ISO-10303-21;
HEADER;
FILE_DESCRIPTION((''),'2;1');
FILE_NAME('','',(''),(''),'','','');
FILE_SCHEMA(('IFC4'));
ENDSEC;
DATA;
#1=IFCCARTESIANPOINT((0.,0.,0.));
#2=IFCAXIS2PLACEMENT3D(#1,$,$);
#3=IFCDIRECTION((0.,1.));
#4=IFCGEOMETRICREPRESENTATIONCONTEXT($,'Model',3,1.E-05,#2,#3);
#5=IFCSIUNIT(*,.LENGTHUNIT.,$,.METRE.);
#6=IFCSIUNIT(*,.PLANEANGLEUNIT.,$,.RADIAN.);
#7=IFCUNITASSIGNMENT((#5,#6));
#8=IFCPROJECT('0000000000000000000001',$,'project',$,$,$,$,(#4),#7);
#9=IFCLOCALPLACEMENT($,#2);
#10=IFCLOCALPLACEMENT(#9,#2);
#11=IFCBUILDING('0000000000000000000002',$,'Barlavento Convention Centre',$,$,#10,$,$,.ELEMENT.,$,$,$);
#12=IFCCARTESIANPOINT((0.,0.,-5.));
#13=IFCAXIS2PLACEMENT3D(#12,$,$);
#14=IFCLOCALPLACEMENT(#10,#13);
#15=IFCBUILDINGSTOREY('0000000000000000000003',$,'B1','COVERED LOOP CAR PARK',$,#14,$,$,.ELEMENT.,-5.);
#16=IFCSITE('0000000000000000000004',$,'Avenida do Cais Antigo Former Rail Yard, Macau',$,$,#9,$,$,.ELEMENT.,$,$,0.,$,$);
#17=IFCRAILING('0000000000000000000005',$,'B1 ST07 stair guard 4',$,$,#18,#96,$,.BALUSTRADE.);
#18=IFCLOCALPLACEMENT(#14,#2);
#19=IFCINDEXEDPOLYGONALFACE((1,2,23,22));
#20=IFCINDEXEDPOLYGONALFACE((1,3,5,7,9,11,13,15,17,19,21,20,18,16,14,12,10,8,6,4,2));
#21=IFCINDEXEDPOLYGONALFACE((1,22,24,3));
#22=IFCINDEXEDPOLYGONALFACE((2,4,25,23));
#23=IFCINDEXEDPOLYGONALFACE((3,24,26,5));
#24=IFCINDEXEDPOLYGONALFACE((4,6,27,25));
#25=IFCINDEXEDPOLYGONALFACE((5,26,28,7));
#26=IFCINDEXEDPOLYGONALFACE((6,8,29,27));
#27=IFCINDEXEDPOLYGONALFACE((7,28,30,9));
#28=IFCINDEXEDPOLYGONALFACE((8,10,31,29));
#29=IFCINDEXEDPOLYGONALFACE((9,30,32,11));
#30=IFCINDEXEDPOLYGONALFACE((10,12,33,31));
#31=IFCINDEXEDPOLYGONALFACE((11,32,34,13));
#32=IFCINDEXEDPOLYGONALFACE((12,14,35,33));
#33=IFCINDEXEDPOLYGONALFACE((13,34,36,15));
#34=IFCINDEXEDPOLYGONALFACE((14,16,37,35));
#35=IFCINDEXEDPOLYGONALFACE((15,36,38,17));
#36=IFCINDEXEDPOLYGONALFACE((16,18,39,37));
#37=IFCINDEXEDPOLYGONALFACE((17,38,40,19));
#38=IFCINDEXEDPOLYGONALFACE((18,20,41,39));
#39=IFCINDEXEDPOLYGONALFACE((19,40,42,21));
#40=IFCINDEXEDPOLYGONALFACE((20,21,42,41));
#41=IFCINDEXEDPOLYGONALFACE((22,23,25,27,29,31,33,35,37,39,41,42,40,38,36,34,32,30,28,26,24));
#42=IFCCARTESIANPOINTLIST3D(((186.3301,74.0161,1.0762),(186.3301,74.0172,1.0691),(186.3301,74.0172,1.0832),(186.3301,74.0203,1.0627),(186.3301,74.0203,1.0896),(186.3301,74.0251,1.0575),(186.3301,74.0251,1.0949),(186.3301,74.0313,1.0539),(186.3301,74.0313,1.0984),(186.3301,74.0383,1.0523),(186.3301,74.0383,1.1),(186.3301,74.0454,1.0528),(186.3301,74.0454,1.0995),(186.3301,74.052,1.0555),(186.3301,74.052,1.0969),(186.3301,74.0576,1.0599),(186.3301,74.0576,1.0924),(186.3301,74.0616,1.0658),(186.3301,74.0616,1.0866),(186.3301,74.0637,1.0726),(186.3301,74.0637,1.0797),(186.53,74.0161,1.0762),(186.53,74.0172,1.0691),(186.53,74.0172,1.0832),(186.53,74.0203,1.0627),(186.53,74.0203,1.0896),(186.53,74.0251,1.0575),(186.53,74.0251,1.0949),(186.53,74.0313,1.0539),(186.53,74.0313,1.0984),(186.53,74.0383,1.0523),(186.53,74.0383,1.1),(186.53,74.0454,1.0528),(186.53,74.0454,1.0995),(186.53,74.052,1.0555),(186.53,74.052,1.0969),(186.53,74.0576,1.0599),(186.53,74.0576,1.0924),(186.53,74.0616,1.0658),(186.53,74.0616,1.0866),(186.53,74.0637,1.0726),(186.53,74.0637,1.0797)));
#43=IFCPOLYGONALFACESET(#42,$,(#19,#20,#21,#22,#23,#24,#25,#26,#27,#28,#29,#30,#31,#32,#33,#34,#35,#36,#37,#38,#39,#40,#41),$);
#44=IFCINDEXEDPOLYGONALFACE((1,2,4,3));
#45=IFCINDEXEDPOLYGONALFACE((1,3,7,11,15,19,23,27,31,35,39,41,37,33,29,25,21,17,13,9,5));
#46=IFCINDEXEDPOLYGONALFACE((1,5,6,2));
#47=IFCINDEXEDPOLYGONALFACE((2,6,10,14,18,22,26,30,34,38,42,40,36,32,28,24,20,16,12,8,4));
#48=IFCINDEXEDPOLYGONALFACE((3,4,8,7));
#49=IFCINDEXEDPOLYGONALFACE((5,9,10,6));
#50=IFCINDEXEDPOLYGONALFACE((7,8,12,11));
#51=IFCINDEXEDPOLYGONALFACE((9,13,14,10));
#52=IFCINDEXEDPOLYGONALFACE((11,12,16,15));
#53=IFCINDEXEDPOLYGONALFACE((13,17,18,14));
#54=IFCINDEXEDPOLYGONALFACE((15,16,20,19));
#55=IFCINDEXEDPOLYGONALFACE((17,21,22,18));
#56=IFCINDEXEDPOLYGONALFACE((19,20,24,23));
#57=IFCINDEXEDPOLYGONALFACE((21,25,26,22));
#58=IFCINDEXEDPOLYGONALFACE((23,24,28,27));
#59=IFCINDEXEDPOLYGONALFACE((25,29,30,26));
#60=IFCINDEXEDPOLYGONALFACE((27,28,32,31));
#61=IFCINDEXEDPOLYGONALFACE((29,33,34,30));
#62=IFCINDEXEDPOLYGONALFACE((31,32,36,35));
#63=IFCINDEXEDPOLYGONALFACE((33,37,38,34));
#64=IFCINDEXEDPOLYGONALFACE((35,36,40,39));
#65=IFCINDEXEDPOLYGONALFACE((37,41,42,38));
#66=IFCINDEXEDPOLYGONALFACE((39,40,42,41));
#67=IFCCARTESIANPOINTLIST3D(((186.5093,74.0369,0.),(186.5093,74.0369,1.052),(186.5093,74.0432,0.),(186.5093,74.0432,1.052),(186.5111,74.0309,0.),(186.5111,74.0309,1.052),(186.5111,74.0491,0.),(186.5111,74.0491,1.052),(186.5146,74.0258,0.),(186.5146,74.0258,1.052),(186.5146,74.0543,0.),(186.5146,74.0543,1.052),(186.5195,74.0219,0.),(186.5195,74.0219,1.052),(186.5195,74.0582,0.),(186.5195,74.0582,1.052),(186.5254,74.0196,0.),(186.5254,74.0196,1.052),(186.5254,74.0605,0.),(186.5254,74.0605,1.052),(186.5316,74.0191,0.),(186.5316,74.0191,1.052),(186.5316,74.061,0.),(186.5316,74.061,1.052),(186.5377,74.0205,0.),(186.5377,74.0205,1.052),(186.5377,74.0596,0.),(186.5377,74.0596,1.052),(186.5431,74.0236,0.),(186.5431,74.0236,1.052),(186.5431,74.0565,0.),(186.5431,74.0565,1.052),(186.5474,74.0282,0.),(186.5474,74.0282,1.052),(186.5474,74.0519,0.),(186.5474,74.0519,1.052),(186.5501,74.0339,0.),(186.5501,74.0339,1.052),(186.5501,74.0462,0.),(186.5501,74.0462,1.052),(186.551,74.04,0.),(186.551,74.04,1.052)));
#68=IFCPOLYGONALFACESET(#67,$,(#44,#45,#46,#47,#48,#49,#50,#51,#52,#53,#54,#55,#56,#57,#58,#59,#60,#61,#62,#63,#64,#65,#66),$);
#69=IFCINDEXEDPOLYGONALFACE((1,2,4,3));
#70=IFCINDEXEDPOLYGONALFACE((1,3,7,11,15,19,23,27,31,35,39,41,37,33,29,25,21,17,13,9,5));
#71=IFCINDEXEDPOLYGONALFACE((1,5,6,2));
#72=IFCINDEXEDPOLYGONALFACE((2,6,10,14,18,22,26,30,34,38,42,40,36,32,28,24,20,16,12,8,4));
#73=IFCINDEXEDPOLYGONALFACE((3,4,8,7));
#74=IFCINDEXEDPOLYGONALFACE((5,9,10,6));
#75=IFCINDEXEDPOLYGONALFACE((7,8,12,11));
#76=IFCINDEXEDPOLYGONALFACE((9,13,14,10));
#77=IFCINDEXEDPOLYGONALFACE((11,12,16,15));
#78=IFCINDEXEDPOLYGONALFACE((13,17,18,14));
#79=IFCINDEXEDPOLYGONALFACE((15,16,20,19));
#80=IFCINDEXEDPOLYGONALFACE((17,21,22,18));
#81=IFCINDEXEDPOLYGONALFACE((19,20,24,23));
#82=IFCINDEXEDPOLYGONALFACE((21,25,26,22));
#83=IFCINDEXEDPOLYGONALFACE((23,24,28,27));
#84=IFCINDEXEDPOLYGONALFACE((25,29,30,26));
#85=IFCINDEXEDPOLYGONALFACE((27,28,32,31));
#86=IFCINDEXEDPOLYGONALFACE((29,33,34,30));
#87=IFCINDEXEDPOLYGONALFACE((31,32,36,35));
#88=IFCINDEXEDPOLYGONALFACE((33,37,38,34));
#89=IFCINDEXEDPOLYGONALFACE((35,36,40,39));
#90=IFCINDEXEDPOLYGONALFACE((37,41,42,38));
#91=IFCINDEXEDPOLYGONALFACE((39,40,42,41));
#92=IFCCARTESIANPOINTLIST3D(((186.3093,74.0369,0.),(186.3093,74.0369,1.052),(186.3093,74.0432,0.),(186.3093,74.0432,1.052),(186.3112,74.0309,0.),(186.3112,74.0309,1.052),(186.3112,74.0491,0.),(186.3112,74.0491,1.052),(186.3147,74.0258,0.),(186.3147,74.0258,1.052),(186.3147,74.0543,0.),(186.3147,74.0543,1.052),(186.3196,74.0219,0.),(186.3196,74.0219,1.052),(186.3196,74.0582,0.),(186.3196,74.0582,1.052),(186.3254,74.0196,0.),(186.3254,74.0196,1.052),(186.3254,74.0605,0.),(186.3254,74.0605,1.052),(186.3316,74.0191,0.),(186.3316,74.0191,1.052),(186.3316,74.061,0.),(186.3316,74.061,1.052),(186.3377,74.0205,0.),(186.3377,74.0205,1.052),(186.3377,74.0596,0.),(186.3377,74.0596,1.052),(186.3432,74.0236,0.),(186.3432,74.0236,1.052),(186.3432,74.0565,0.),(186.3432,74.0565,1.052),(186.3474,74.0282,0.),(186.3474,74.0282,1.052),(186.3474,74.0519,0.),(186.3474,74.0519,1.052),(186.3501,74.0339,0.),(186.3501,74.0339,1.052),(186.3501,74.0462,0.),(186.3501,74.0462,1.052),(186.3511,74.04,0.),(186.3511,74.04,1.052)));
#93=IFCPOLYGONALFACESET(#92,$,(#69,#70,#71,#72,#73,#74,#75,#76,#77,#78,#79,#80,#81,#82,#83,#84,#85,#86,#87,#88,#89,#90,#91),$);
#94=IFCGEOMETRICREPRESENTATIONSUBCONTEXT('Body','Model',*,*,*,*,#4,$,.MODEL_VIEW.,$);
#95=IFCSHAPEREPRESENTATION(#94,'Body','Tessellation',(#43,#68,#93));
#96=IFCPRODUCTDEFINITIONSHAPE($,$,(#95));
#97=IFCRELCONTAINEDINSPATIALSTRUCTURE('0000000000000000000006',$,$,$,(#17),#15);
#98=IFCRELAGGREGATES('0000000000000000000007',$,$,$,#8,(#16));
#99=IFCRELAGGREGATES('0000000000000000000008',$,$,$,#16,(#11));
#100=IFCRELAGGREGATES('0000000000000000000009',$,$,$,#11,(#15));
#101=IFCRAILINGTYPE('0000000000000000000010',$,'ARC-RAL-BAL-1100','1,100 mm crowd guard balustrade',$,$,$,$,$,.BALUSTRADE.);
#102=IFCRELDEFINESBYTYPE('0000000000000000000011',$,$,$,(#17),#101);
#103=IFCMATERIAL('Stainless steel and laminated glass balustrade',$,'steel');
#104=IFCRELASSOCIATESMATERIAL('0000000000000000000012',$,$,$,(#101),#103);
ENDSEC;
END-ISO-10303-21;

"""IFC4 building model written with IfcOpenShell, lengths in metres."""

from ifc_helpers import new_model, si_unit, direction, frame, origin, origin_2d, place, context, subcontext, project, spatial, circle, extrude, material, type_object, element, save


model = new_model("IFC4")

# Units and contexts
model_context = context("Model", 3, precision=1e-05, world=origin(), true_north=direction((0.0, 1.0)))
body_context = subcontext(model_context, "Body", "Model", "MODEL_VIEW")
ifc_project = project(units=[si_unit("LENGTHUNIT", "METRE"), si_unit("PLANEANGLEUNIT", "RADIAN")], contexts=[model_context])

# Site, building, storey
site_placement = place(None, origin())
site = spatial("IfcSite", under=ifc_project, at=site_placement, Name="Avenida do Cais Antigo Former Rail Yard, Macau", CompositionType="ELEMENT", RefElevation=0.0)
building_placement = place(site_placement, origin())
building = spatial("IfcBuilding", under=site, at=building_placement, Name="Barlavento Convention Centre", CompositionType="ELEMENT")
storey_placement = place(building_placement, frame((0.0, 0.0, -5.0)))
storey = spatial("IfcBuildingStorey", under=building, at=storey_placement, Name="B1", Description="COVERED LOOP CAR PARK", CompositionType="ELEMENT", Elevation=-5.0)

# Railing
ifc_material_1 = material(Name="Stainless steel and laminated glass balustrade", Category="steel")
railing_type_1 = type_object("IfcRailingType", Name="ARC-RAL-BAL-1100", Description="1,100 mm crowd guard balustrade", PredefinedType="BALUSTRADE", material=ifc_material_1)
railing_1_placement = place(storey_placement, frame((186.53, 74.04, 0.0)))
element("IfcRailing", 1, at=railing_1_placement, inside=storey, type_object=railing_type_1, Name="B1 ST07 stair guard 4", PredefinedType="BALUSTRADE", context=body_context, shape_type="SweptSolid", body=[
    extrude(circle(Radius=0.0239, at=origin_2d()), frame((0.0, 0.0, 1.0762), z_axis=(-1.0, 0.0, 0.0), x_axis=(0.0, -1.0, 0.0)), (0.0, 0.0, 1.0), 0.2),
    extrude(circle(Radius=0.021, at=origin_2d()), origin(), (0.0, 0.0, 1.0), 1.052),
    extrude(circle(Radius=0.021, at=origin_2d()), frame((-0.2, 0.0, 0.0)), (0.0, 0.0, 1.0), 1.052),
])

save(model, "model.ifc")
